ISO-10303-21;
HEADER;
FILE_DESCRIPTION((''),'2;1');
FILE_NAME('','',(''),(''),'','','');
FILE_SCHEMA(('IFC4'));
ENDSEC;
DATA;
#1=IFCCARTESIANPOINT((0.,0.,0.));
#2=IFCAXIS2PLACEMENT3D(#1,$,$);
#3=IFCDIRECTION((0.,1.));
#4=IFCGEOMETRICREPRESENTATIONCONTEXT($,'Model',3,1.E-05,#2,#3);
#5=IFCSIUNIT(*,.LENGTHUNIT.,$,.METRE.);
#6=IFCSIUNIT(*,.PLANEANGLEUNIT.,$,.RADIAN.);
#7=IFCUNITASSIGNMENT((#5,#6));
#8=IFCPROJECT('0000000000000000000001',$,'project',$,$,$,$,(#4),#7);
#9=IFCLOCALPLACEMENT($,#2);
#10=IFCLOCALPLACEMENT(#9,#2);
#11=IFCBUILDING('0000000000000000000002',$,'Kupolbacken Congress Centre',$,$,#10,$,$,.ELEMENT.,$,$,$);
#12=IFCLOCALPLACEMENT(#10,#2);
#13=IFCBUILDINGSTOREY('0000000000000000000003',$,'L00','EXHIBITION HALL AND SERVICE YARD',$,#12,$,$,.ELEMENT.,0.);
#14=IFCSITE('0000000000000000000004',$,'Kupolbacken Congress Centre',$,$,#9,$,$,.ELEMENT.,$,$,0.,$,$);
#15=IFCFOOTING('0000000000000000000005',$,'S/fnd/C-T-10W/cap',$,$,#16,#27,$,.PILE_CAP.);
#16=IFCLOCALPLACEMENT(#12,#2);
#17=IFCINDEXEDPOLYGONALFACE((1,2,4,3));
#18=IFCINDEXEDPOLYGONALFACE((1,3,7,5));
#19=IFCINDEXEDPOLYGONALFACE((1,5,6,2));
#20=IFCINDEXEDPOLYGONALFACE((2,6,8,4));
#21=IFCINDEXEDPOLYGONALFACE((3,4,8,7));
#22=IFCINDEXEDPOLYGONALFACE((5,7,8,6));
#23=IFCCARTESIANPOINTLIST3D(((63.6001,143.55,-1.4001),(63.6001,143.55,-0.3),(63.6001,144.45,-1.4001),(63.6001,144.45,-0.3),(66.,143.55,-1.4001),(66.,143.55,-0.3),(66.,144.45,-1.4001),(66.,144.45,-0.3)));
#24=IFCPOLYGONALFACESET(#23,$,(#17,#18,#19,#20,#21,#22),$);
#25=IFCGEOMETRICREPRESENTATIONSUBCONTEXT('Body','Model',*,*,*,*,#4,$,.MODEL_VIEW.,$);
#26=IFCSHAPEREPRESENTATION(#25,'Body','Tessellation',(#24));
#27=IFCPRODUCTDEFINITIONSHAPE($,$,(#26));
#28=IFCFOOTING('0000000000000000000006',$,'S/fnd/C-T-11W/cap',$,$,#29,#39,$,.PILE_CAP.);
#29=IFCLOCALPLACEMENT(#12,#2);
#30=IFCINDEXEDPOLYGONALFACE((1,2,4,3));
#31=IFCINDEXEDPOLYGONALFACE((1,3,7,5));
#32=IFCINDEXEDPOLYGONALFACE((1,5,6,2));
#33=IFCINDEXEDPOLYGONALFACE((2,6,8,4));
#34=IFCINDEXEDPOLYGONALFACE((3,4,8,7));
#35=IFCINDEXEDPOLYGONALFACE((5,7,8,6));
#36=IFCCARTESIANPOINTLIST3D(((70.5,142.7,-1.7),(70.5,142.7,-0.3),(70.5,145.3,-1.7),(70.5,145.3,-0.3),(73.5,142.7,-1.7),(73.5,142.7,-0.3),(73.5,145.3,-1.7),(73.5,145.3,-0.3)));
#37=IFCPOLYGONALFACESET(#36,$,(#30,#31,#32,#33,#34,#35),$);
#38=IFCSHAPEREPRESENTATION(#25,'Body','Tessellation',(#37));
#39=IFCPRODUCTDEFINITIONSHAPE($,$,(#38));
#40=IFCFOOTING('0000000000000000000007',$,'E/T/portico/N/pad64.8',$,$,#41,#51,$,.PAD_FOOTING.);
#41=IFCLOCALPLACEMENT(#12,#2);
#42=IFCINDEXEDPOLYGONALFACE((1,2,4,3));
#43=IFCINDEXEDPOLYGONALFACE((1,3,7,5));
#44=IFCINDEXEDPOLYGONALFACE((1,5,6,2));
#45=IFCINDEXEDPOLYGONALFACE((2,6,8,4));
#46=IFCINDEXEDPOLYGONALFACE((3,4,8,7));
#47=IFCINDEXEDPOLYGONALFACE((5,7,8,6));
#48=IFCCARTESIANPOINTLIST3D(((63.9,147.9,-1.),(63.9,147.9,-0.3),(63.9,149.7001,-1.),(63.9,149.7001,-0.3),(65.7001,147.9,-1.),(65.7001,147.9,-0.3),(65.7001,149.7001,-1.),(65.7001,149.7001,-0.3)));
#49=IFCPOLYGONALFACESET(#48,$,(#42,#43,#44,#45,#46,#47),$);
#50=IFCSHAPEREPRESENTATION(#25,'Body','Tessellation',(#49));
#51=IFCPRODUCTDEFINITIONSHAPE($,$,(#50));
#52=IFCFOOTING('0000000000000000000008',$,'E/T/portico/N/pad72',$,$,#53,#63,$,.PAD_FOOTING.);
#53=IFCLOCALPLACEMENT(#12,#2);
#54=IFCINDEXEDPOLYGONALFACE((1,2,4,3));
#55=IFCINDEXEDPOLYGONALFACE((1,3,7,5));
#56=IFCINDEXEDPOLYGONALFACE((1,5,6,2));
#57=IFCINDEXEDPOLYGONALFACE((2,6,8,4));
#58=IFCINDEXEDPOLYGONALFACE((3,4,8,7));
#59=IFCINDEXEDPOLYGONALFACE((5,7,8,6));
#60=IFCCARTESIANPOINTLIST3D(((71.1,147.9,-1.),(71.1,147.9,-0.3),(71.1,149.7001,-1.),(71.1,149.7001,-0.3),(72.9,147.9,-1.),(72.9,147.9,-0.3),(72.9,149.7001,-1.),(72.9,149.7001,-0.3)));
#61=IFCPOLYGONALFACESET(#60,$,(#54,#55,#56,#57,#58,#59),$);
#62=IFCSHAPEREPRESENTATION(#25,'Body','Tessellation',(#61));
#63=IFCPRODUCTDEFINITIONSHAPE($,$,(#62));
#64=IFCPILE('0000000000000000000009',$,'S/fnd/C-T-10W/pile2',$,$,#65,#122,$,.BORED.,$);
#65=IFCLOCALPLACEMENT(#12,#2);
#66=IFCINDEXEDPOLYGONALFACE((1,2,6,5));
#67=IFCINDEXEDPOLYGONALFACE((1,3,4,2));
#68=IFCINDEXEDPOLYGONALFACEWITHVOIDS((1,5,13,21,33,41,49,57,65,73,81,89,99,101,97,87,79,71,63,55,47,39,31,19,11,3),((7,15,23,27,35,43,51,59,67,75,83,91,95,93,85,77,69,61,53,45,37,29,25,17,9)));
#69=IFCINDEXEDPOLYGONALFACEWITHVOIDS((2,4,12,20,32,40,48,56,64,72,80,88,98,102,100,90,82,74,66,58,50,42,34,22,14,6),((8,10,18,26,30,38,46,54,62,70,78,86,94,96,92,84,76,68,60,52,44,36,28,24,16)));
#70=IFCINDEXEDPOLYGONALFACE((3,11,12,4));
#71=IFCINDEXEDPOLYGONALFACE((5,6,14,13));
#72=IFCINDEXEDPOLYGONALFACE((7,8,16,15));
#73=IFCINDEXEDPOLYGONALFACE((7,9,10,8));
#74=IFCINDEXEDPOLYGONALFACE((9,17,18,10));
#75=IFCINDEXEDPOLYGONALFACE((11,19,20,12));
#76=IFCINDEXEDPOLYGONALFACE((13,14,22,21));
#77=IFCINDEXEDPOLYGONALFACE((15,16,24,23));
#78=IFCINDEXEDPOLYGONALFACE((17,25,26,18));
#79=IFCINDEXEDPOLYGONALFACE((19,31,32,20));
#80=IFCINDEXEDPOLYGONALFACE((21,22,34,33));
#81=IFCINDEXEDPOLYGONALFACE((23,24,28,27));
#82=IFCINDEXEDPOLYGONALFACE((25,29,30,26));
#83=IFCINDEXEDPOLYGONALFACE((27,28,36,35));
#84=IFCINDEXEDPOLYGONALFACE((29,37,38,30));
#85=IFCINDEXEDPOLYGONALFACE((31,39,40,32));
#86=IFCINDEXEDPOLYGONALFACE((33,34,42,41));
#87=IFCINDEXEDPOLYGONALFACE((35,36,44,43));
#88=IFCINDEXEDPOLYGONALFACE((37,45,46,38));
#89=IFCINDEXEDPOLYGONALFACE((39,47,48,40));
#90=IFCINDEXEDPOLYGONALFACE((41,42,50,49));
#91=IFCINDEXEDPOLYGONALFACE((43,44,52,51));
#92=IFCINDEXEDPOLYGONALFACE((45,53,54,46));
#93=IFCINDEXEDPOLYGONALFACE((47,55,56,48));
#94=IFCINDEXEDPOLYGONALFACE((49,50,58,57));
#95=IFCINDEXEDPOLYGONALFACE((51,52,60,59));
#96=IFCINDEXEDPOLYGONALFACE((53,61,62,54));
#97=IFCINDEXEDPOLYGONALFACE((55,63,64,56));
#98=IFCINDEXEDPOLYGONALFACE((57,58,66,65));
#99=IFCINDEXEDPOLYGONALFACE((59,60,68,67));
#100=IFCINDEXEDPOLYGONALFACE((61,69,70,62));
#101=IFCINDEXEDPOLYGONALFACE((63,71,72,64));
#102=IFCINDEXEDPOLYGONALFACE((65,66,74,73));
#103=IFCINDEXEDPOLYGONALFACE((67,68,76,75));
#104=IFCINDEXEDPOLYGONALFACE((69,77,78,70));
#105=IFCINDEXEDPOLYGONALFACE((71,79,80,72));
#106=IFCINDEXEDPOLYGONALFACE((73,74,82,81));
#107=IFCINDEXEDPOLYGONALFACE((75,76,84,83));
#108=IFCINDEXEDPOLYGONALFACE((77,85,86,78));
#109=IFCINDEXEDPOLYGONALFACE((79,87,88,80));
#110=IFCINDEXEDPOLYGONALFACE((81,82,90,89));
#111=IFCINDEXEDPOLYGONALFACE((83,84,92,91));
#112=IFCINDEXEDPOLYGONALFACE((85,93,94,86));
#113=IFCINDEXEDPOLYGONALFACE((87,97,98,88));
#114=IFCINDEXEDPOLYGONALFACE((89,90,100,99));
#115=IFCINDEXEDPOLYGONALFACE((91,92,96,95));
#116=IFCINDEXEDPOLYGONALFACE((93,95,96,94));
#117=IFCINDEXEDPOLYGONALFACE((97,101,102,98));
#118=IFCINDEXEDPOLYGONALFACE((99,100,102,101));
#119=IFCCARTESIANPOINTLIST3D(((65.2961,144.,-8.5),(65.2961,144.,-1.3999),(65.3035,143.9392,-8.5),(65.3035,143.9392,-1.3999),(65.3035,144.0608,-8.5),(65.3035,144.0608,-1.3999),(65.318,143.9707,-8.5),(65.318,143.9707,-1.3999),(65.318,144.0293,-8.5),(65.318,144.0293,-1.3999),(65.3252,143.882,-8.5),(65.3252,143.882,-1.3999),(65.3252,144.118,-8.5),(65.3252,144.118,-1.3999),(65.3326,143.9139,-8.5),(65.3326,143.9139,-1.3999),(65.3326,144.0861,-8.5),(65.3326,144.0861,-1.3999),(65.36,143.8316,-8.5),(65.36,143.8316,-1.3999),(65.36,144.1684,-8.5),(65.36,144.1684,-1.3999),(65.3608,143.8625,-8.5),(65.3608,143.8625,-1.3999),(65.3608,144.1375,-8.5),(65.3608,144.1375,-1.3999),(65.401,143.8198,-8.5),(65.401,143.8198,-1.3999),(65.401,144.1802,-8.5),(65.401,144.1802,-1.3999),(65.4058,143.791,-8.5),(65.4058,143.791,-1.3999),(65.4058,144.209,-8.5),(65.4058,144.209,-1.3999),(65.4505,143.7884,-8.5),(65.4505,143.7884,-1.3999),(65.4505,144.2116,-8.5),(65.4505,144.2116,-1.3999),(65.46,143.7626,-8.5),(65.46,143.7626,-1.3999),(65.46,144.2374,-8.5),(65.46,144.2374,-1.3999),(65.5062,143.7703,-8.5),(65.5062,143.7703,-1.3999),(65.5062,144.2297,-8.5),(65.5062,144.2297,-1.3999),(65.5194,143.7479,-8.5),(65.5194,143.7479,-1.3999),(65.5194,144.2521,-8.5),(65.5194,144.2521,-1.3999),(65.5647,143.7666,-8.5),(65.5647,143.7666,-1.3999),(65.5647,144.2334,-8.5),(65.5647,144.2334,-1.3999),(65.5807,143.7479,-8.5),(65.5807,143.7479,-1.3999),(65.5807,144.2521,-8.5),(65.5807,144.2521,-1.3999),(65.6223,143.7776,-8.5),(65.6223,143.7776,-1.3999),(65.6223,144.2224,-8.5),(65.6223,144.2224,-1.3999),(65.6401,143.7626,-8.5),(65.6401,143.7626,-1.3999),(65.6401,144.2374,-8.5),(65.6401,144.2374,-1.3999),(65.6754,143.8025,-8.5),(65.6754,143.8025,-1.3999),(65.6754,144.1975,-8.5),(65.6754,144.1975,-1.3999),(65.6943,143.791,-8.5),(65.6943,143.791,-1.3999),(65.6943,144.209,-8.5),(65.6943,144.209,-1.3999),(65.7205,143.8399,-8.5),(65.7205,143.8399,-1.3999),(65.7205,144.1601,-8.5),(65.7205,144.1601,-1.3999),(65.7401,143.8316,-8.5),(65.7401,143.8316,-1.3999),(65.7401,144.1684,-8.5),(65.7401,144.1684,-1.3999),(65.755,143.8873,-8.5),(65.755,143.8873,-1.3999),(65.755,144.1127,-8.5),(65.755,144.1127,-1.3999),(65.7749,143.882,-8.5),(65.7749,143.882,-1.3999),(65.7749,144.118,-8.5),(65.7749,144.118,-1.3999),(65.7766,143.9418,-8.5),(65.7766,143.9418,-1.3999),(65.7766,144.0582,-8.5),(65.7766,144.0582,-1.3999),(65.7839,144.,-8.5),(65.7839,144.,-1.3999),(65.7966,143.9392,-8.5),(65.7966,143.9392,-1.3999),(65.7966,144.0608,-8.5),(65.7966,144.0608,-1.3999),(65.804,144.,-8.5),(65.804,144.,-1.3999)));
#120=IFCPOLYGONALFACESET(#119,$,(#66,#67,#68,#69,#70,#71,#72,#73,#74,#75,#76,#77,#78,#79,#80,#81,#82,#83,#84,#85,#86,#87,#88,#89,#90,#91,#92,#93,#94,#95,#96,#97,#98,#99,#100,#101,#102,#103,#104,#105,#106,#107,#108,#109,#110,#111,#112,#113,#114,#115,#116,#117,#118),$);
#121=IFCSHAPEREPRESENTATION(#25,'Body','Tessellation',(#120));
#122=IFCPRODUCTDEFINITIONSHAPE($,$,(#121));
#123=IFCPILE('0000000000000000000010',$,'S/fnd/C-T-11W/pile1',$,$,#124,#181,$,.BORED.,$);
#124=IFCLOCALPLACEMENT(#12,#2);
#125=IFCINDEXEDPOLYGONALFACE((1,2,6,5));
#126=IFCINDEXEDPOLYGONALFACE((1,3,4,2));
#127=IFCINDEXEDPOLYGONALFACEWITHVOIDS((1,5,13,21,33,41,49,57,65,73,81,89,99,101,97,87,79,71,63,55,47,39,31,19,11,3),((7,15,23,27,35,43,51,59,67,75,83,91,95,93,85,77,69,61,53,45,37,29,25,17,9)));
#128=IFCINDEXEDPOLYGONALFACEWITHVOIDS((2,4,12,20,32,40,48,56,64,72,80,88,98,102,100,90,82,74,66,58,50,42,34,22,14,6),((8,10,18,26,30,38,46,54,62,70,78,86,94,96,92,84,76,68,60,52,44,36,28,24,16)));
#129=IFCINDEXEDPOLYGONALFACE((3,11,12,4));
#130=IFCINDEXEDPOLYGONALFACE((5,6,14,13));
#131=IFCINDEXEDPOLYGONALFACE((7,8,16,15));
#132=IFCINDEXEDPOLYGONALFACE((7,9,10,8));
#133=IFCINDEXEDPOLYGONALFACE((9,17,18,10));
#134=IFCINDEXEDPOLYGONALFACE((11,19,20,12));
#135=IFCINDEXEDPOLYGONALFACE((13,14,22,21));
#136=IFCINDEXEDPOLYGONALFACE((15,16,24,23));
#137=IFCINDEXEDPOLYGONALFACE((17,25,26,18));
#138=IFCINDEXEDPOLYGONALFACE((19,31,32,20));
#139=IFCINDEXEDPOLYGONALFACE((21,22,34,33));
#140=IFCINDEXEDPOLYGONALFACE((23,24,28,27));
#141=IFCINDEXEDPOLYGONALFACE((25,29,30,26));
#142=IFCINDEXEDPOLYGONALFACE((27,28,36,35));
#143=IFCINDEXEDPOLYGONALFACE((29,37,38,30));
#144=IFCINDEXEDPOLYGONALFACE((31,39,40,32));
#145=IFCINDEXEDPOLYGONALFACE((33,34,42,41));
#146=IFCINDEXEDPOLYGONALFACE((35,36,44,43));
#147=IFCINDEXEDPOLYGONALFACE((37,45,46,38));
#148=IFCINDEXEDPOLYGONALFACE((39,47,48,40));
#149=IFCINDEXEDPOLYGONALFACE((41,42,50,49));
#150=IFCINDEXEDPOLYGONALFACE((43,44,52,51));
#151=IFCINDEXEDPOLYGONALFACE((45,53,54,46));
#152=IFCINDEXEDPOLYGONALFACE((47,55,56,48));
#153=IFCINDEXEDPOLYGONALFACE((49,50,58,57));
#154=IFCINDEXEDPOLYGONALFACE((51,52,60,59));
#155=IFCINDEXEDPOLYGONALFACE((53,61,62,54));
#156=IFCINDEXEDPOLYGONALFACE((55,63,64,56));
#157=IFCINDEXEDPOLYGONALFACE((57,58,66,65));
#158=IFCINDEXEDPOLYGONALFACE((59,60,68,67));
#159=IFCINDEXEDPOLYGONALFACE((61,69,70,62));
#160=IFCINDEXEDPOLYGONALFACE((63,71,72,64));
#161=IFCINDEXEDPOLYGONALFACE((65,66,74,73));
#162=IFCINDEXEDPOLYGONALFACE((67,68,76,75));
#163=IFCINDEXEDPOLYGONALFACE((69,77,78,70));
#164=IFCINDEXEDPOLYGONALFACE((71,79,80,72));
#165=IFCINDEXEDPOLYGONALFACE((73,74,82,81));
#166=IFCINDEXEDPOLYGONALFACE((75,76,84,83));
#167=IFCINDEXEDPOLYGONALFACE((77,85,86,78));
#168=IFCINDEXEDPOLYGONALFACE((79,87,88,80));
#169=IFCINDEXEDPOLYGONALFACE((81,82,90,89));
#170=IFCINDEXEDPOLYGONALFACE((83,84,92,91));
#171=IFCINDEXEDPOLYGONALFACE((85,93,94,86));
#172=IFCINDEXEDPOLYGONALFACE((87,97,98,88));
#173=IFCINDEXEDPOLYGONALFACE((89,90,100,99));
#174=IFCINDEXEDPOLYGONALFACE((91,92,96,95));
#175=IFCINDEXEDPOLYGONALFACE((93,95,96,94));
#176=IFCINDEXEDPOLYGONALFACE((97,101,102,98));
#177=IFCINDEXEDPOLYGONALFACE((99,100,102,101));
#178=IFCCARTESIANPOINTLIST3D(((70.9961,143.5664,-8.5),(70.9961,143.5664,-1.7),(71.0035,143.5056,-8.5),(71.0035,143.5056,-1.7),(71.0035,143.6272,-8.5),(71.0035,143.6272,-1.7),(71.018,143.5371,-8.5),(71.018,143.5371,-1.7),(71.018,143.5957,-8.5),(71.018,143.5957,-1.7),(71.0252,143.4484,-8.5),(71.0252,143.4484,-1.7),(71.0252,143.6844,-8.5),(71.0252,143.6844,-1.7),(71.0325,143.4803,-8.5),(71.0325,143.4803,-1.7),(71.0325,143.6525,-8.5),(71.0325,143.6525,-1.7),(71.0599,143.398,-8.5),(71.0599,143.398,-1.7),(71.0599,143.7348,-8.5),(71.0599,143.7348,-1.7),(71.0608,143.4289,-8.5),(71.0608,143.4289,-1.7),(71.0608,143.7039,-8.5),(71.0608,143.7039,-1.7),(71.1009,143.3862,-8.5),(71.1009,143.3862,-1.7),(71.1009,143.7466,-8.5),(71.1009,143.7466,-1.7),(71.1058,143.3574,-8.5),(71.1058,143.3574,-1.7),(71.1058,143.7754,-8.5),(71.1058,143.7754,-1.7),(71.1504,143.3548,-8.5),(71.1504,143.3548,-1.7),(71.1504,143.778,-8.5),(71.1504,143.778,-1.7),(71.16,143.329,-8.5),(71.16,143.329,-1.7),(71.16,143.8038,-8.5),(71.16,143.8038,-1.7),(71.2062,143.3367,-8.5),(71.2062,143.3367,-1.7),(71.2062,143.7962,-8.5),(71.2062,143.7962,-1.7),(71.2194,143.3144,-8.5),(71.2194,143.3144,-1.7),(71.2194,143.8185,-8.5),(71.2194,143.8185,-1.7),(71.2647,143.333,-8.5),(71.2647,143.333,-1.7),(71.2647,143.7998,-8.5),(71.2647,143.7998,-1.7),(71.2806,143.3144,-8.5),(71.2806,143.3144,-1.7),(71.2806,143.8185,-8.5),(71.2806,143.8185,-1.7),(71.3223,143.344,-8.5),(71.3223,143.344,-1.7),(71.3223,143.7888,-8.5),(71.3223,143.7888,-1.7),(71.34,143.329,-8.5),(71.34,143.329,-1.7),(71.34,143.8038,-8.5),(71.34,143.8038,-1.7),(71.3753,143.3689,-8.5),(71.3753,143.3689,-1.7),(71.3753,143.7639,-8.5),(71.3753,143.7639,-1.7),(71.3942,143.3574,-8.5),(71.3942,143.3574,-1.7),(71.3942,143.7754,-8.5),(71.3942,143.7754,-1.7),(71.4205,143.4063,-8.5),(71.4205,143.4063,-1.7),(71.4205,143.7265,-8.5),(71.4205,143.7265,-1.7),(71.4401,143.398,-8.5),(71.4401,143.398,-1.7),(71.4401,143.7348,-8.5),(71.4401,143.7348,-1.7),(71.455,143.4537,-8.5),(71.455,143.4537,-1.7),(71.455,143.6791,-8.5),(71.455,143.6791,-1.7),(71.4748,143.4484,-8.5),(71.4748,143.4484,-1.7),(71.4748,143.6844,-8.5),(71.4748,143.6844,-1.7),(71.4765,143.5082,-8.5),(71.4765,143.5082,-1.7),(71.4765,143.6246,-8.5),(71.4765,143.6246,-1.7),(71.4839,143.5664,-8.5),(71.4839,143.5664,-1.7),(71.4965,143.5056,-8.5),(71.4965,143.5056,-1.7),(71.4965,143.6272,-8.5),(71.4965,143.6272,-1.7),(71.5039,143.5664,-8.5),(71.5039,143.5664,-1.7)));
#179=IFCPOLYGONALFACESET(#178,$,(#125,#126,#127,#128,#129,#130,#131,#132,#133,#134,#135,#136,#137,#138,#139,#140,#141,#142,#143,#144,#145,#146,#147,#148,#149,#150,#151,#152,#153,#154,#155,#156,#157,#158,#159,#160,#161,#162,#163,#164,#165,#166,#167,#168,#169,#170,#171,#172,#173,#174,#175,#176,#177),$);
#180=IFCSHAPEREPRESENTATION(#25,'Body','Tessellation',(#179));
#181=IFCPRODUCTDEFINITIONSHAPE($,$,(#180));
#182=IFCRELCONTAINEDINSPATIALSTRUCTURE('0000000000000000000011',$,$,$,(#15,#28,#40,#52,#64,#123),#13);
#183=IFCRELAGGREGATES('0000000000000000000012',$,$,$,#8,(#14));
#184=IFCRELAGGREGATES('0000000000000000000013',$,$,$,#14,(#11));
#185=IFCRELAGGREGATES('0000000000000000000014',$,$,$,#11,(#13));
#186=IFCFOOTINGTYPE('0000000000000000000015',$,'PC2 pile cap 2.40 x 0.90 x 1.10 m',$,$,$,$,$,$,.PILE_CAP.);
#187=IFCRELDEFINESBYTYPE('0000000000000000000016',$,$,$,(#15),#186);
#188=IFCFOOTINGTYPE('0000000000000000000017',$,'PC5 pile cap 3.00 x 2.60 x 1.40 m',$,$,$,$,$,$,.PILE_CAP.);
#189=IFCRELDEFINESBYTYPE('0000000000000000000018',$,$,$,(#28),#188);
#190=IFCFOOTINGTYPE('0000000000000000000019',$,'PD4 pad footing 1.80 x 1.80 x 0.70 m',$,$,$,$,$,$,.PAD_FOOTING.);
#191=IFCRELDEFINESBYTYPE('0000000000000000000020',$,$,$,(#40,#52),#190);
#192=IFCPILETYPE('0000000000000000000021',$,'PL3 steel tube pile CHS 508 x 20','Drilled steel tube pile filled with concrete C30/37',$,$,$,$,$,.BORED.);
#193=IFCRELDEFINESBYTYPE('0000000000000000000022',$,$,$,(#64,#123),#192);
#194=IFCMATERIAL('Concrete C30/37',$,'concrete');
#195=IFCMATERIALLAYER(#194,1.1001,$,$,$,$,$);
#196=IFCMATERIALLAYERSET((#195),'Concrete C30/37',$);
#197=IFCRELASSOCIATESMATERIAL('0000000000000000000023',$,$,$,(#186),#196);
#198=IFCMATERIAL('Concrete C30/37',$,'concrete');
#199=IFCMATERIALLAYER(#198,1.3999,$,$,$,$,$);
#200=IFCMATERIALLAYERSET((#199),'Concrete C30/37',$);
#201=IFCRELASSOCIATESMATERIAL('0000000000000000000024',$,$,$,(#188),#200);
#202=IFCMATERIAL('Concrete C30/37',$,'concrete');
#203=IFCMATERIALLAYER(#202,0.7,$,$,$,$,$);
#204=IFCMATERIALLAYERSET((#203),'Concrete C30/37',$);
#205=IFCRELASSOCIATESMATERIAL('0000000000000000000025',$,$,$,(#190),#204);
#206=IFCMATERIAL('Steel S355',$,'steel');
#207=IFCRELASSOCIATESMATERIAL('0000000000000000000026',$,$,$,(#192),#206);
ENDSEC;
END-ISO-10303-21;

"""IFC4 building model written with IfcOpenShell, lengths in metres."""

from ifc_helpers import new_model, si_unit, direction, frame, origin, origin_2d, place, context, subcontext, project, spatial, rectangle, hollow_circle, extrude, material, layer, layer_set, material_profile, profile_set, type_object, element, save


model = new_model("IFC4")

# Units and contexts
model_context = context("Model", 3, precision=1e-05, world=origin(), true_north=direction((0.0, 1.0)))
body_context = subcontext(model_context, "Body", "Model", "MODEL_VIEW")
ifc_project = project(units=[si_unit("LENGTHUNIT", "METRE"), si_unit("PLANEANGLEUNIT", "RADIAN")], contexts=[model_context])

# Site, building, storey
site_placement = place(None, origin())
site = spatial("IfcSite", under=ifc_project, at=site_placement, Name="Kupolbacken Congress Centre", CompositionType="ELEMENT", RefElevation=0.0)
building_placement = place(site_placement, origin())
building = spatial("IfcBuilding", under=site, at=building_placement, Name="Kupolbacken Congress Centre", CompositionType="ELEMENT")
storey_placement = place(building_placement, origin())
storey = spatial("IfcBuildingStorey", under=building, at=storey_placement, Name="L00", Description="EXHIBITION HALL AND SERVICE YARD", CompositionType="ELEMENT", Elevation=0.0)

# Footings
ifc_material_1 = material(Name="Concrete C30/37", Category="concrete")
ifc_layer_1 = layer(ifc_material_1, 1.1001)
ifc_layer_set_1 = layer_set([ifc_layer_1], Name="Concrete C30/37")
footing_type_1 = type_object("IfcFootingType", Name="PC2 pile cap 2.40 x 0.90 x 1.10 m", PredefinedType="PILE_CAP", material=ifc_layer_set_1)
footing_1_placement = place(storey_placement, frame((64.8, 144.0, -1.4001), z_axis=(0.0, 0.0, 1.0), x_axis=(1.0, 0.0, 0.0)))
element("IfcFooting", 1, at=footing_1_placement, inside=storey, type_object=footing_type_1, Name="S/fnd/C-T-10W/cap", PredefinedType="PILE_CAP", context=body_context, shape_type="SweptSolid", body=[
    extrude(rectangle(XDim=2.3999, YDim=0.8999, at=origin_2d()), origin(), (0.0, 0.0, 1.0), 1.1001),
])
ifc_material_2 = material(Name="Concrete C30/37", Category="concrete")
ifc_layer_2 = layer(ifc_material_2, 1.3999)
ifc_layer_set_2 = layer_set([ifc_layer_2], Name="Concrete C30/37")
footing_type_2 = type_object("IfcFootingType", Name="PC5 pile cap 3.00 x 2.60 x 1.40 m", PredefinedType="PILE_CAP", material=ifc_layer_set_2)
footing_2_placement = place(storey_placement, frame((72.0, 144.0, -1.7), z_axis=(0.0, 0.0, 1.0), x_axis=(1.0, 0.0, 0.0)))
element("IfcFooting", 2, at=footing_2_placement, inside=storey, type_object=footing_type_2, Name="S/fnd/C-T-11W/cap", PredefinedType="PILE_CAP", context=body_context, shape_type="SweptSolid", body=[
    extrude(rectangle(XDim=3.0, YDim=2.6001, at=origin_2d()), origin(), (0.0, 0.0, 1.0), 1.3999),
])
ifc_material_3 = material(Name="Concrete C30/37", Category="concrete")
ifc_layer_3 = layer(ifc_material_3, 0.7)
ifc_layer_set_3 = layer_set([ifc_layer_3], Name="Concrete C30/37")
footing_type_3 = type_object("IfcFootingType", Name="PD4 pad footing 1.80 x 1.80 x 0.70 m", PredefinedType="PAD_FOOTING", material=ifc_layer_set_3)
for number, where, z_axis, x_axis, name in (
    (3, (64.8, 148.8, -1.0), (0.0, 0.0, 1.0), (1.0, 0.0, 0.0), "E/T/portico/N/pad64.8"),
    (4, (72.0, 148.8, -1.0), (0.0, 0.0, 1.0), (1.0, 0.0, 0.0), "E/T/portico/N/pad72"),
):
    element("IfcFooting", number, at=place(storey_placement, frame(where, z_axis=z_axis, x_axis=x_axis)), inside=storey, type_object=footing_type_3, Name=name, PredefinedType="PAD_FOOTING", context=body_context, shape_type="SweptSolid", body=[
        extrude(rectangle(XDim=1.8, YDim=1.8, at=origin_2d()), origin(), (0.0, 0.0, 1.0), 0.7),
    ])

# Piles
ifc_material_4 = material(Name="Steel S355", Category="steel")
ifc_material_profile_1 = material_profile(ifc_material_4, hollow_circle(Radius=0.2539, WallThickness=0.02, at=origin_2d()), Name="CHS 508 x 20")
ifc_profile_set_1 = profile_set([ifc_material_profile_1], Name="Steel S355")
pile_type = type_object("IfcPileType", Name="PL3 steel tube pile CHS 508 x 20", Description="Drilled steel tube pile filled with concrete C30/37", PredefinedType="BORED", material=ifc_profile_set_1)
pile_placement = place(storey_placement, frame((65.55, 144.0, -1.3999), z_axis=(0.0, 0.0, -1.0), x_axis=(1.0, 0.0, 0.0)))
element("IfcPile", 5, at=pile_placement, inside=storey, type_object=pile_type, Name="S/fnd/C-T-10W/pile2", PredefinedType="BORED", context=body_context, shape_type="SweptSolid", body=[
    extrude(hollow_circle(Radius=0.2539, WallThickness=0.02, at=origin_2d()), origin(), (0.0, 0.0, 1.0), 7.1001),
])
for number, where, z_axis, x_axis, name in (
    (6, (71.25, 143.5664, -1.7), (0.0, 0.0, -1.0), (1.0, 0.0, 0.0), "S/fnd/C-T-11W/pile1"),
):
    element("IfcPile", number, at=place(storey_placement, frame(where, z_axis=z_axis, x_axis=x_axis)), inside=storey, type_object=pile_type, Name=name, PredefinedType="BORED", context=body_context, shape_type="SweptSolid", body=[
        extrude(hollow_circle(Radius=0.2539, WallThickness=0.02, at=origin_2d()), origin(), (0.0, 0.0, 1.0), 6.8),
    ])

save(model, "model.ifc")
